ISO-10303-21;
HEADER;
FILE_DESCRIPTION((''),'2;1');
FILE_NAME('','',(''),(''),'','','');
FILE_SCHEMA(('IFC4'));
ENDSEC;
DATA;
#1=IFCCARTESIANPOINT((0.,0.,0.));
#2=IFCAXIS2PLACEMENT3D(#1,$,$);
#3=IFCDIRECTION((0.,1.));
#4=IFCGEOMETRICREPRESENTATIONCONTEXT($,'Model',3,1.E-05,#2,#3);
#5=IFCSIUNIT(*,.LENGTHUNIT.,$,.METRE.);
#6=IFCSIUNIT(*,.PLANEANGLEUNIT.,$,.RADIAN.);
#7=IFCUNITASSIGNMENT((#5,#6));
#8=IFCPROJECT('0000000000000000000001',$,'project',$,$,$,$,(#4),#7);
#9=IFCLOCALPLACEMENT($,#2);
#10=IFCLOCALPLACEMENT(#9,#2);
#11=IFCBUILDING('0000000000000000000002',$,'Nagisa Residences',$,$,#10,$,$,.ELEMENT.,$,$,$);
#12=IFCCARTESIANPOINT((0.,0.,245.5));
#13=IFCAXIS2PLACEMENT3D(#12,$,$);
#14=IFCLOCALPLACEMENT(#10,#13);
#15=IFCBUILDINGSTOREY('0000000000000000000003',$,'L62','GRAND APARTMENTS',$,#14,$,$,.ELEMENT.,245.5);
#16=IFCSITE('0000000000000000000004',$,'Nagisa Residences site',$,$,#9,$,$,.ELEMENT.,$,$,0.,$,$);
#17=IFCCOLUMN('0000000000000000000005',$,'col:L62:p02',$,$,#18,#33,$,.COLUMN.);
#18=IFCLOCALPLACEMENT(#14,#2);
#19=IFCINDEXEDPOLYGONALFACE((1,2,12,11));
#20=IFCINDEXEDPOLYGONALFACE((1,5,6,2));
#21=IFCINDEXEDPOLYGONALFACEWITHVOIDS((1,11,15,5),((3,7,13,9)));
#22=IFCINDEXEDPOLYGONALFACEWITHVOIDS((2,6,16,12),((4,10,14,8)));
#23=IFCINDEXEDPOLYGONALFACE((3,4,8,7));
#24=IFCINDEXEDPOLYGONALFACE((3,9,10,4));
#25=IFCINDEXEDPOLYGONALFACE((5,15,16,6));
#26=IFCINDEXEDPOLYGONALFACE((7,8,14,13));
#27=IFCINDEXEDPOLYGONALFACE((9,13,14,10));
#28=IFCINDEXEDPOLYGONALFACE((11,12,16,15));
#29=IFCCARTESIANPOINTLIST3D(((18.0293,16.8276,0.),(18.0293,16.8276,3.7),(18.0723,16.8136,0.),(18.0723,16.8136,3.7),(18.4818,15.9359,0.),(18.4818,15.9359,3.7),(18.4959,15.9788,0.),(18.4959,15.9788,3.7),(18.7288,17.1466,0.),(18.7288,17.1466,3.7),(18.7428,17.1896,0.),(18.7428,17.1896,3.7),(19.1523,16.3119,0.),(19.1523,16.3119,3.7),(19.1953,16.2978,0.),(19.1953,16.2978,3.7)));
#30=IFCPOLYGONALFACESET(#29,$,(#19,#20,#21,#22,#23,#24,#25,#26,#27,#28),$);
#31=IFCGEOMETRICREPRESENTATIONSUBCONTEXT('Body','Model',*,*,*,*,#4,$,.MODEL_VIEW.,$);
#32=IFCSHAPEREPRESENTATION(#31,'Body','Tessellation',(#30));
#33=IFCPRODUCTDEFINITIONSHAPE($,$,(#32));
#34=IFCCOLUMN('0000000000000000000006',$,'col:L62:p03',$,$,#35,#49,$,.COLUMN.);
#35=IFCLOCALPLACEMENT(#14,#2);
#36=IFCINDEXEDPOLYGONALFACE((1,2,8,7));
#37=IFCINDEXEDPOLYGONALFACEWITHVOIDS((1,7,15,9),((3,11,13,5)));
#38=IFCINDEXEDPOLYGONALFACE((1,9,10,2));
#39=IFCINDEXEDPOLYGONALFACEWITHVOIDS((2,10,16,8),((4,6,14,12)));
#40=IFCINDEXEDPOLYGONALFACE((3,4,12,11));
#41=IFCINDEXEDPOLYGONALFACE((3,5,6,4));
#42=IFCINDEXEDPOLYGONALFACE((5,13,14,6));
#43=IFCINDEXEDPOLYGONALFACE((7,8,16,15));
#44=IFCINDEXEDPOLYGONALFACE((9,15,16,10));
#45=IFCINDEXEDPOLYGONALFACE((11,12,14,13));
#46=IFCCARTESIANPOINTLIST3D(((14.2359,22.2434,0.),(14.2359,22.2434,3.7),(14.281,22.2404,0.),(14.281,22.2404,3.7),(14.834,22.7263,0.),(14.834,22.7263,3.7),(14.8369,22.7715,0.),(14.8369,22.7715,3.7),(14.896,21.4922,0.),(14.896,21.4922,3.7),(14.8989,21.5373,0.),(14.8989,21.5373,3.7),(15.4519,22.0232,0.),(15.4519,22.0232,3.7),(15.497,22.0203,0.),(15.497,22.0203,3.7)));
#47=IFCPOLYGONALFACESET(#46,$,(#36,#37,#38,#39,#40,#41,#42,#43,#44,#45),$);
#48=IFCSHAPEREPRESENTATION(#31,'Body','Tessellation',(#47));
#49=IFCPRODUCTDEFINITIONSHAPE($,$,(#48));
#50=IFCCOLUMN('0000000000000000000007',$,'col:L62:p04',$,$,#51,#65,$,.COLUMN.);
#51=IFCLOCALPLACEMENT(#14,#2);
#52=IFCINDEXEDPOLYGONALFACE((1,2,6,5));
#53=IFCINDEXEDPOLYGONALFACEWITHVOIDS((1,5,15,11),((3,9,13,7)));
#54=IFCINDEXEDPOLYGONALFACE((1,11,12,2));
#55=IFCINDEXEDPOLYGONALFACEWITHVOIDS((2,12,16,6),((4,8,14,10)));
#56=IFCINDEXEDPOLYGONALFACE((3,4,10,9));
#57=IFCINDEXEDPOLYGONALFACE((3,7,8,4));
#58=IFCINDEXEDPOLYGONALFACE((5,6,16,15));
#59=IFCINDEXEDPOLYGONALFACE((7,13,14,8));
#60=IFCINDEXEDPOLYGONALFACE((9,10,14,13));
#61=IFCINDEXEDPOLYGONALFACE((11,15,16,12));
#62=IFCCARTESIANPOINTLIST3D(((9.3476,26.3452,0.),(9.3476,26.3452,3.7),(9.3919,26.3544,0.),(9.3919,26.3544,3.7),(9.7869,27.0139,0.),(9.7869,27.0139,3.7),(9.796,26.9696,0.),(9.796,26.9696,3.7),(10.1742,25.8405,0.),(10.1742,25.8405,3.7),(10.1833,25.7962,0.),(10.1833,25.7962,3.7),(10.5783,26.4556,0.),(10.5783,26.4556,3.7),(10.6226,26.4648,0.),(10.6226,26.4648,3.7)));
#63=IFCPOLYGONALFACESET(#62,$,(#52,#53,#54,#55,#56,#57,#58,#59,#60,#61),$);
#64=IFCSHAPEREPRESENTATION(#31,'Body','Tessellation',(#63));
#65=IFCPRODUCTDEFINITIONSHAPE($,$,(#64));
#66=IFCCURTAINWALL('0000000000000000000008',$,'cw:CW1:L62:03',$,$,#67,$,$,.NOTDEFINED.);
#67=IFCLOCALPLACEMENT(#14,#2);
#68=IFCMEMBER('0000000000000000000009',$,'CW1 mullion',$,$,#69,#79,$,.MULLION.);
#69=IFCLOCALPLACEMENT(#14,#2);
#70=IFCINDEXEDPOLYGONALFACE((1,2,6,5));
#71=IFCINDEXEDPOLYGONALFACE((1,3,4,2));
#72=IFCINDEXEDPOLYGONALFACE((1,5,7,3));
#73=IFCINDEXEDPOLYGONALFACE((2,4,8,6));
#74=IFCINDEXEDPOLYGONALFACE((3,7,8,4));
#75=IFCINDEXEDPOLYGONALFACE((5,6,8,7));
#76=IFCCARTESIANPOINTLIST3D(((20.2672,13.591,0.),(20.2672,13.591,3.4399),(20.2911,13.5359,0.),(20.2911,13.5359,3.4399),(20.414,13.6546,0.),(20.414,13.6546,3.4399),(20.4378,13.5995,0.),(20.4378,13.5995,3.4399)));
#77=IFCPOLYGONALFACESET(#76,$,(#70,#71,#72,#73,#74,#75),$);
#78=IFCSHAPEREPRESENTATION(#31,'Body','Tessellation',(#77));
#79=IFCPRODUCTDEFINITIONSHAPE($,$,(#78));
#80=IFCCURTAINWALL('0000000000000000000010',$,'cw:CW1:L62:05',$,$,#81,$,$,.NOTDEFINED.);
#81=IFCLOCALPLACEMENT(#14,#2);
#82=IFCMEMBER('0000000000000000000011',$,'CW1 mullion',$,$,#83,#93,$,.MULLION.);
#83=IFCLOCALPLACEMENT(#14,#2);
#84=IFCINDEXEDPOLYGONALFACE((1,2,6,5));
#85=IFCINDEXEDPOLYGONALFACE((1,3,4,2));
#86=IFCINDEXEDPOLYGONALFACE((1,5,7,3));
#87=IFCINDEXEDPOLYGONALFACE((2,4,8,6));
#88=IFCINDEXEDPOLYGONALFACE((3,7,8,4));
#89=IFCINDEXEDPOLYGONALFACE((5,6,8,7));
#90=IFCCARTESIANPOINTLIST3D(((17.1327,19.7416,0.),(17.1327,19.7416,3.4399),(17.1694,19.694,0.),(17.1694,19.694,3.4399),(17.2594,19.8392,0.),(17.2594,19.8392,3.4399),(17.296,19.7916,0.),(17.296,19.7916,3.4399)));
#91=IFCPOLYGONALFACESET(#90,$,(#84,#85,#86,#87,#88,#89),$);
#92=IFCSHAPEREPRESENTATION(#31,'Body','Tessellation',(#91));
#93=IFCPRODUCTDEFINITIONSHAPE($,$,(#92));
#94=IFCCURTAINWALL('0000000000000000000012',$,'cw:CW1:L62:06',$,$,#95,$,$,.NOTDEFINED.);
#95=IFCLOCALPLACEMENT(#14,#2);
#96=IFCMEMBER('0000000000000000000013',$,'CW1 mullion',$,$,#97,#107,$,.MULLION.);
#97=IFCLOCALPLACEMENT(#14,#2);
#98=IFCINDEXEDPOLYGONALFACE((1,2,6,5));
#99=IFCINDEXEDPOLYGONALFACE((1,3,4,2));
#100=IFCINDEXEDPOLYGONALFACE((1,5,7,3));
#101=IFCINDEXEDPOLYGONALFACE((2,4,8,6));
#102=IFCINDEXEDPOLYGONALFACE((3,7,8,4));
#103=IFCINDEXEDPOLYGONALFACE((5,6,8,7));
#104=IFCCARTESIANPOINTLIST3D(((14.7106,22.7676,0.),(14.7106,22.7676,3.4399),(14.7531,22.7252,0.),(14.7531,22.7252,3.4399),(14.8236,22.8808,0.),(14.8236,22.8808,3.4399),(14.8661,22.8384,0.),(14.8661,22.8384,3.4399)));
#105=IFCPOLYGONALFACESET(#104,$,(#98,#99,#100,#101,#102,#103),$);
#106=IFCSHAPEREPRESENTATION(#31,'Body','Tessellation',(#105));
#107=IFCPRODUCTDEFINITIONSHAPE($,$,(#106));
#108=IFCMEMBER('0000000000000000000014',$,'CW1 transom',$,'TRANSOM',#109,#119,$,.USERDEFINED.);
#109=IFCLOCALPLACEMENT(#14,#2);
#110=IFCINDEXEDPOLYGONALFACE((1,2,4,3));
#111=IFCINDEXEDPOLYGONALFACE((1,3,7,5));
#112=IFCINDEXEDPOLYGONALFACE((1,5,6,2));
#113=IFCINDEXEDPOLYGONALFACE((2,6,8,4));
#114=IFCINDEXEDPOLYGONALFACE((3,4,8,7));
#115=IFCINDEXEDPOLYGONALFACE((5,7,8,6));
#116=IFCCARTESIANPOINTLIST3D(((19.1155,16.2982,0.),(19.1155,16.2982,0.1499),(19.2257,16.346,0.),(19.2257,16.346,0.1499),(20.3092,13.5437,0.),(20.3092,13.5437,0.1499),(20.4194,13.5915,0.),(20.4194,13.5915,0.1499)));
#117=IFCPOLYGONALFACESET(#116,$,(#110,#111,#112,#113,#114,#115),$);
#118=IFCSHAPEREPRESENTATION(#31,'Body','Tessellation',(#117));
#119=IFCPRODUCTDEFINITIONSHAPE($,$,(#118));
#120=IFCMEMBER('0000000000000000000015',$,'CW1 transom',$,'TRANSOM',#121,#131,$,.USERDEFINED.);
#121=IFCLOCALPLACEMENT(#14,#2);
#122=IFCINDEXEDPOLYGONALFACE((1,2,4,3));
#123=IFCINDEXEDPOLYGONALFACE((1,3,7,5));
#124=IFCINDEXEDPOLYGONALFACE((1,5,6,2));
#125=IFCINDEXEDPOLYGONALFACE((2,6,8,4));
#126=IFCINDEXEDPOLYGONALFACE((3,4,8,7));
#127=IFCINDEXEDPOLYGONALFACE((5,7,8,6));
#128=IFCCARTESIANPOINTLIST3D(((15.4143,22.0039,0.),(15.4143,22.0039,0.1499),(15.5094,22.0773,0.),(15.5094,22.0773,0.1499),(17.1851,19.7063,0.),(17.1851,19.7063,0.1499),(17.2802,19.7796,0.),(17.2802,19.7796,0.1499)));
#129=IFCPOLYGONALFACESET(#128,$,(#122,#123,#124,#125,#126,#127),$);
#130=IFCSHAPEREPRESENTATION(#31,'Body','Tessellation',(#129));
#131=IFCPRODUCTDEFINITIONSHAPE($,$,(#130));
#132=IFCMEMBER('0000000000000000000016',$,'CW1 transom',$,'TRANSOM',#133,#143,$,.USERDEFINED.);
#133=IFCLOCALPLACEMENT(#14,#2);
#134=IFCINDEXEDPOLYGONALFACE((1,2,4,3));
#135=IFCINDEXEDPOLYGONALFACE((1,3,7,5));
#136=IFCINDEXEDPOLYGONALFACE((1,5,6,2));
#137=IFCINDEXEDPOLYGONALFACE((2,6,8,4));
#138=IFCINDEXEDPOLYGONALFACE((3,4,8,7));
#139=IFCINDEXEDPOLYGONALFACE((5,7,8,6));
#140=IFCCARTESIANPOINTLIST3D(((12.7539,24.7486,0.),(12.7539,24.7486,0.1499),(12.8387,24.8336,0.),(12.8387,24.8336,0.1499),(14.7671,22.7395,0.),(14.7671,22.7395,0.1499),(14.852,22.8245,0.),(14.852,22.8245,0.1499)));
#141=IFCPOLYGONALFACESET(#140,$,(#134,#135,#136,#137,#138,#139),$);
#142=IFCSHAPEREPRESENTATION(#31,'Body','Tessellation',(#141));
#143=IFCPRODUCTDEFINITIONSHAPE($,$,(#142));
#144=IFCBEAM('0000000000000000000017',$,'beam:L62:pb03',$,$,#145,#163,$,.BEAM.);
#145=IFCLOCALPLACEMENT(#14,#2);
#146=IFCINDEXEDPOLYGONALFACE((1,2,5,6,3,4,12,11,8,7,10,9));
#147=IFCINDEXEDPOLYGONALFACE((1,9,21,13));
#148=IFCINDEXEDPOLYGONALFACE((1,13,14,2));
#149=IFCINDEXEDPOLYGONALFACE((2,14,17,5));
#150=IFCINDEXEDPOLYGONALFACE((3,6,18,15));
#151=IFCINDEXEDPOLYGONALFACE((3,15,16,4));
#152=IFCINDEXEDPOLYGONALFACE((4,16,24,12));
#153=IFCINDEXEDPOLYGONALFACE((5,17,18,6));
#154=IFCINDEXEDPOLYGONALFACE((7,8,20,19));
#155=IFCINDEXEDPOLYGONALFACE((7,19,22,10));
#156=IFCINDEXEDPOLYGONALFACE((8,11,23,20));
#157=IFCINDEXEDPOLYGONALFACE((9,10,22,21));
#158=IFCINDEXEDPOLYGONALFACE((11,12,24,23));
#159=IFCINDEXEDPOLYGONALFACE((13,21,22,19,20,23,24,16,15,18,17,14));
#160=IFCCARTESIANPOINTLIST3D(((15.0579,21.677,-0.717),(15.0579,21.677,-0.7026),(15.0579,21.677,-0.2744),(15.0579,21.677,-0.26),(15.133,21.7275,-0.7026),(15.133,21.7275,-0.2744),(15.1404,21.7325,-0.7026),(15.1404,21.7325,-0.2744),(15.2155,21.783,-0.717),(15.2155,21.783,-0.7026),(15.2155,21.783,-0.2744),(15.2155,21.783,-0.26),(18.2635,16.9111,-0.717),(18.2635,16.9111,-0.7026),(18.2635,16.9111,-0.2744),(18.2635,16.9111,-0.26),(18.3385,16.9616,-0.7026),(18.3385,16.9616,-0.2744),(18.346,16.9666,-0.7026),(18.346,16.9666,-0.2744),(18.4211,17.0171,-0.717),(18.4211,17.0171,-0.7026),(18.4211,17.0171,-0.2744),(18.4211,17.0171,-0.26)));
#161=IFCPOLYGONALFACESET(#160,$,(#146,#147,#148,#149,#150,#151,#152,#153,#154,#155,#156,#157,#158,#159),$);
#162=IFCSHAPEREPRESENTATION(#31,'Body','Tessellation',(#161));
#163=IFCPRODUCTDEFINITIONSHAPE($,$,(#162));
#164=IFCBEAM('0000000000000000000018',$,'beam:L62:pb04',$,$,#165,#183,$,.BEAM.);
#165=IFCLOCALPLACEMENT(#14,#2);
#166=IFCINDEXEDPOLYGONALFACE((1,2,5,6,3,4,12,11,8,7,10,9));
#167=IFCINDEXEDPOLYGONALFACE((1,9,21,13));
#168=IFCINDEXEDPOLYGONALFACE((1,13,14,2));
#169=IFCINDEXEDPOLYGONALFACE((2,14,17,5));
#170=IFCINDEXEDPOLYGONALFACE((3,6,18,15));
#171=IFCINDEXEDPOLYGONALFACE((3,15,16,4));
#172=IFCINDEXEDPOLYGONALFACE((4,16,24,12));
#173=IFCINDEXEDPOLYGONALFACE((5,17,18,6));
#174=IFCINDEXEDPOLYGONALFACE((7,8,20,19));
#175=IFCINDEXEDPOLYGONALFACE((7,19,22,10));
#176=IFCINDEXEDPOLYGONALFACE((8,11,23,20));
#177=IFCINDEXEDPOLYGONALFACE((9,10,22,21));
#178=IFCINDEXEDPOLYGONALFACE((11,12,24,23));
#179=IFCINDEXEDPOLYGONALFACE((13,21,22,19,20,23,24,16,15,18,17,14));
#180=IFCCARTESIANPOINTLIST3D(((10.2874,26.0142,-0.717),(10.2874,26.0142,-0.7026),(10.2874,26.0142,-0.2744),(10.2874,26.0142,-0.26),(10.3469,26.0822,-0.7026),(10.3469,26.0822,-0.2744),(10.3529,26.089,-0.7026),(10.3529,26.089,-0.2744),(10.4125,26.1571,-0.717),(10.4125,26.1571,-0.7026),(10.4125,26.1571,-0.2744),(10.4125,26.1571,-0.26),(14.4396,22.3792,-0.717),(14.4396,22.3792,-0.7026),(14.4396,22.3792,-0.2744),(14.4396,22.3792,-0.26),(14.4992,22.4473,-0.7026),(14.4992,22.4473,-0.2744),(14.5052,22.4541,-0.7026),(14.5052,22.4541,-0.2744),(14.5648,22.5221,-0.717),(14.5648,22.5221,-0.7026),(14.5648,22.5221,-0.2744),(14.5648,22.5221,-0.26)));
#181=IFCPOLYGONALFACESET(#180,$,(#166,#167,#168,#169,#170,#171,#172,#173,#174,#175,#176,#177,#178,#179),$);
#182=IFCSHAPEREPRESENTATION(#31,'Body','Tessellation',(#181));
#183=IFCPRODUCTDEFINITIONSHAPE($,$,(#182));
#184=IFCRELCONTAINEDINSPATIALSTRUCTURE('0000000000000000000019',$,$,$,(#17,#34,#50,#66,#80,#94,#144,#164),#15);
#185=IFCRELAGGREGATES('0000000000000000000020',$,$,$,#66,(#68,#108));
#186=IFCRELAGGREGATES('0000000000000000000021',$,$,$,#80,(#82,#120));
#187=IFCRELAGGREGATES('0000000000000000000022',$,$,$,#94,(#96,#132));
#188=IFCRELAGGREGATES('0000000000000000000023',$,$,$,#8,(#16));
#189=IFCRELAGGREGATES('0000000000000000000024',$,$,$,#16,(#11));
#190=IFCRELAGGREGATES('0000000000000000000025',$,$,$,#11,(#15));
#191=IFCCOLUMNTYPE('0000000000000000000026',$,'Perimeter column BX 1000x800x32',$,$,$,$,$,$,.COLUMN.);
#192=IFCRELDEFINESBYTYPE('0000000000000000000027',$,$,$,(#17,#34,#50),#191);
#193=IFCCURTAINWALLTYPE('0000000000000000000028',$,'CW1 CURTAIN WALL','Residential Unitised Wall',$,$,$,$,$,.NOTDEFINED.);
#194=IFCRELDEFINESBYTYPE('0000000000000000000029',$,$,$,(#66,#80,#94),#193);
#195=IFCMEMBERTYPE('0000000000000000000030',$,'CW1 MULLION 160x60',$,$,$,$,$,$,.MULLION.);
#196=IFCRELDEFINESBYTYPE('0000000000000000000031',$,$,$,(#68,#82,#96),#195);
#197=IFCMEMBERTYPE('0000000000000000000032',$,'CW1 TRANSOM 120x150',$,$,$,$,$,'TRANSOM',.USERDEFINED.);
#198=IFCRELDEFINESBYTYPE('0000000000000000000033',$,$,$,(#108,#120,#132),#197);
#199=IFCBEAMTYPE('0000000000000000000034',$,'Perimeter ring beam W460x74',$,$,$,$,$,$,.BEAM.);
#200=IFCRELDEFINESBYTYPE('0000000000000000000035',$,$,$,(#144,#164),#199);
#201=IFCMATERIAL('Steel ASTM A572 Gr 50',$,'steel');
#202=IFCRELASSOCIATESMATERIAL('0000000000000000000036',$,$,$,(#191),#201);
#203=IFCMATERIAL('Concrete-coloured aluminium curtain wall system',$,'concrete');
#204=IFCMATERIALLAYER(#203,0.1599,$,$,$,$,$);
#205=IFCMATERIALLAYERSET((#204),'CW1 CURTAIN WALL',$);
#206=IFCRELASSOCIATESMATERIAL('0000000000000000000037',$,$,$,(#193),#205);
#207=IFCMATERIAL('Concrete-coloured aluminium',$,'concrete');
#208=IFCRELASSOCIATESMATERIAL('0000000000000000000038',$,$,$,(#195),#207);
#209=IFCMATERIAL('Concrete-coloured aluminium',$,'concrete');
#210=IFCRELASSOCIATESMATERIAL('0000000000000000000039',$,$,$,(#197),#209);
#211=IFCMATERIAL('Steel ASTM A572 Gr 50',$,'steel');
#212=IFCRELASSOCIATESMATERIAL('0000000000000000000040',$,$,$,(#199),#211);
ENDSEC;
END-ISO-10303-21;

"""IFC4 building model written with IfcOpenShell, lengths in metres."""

from ifc_helpers import new_model, si_unit, direction, frame, origin, origin_2d, place, context, subcontext, project, spatial, rectangle, hollow_rectangle, i_section, extrude, material, layer, layer_set, material_profile, profile_set, type_object, element, aggregate, save


model = new_model("IFC4")

# Units and contexts
model_context = context("Model", 3, precision=1e-05, world=origin(), true_north=direction((0.0, 1.0)))
body_context = subcontext(model_context, "Body", "Model", "MODEL_VIEW")
ifc_project = project(units=[si_unit("LENGTHUNIT", "METRE"), si_unit("PLANEANGLEUNIT", "RADIAN")], contexts=[model_context])

# Site, building, storey
site_placement = place(None, origin())
site = spatial("IfcSite", under=ifc_project, at=site_placement, Name="Nagisa Residences site", CompositionType="ELEMENT", RefElevation=0.0)
building_placement = place(site_placement, origin())
building = spatial("IfcBuilding", under=site, at=building_placement, Name="Nagisa Residences", CompositionType="ELEMENT")
storey_placement = place(building_placement, frame((0.0, 0.0, 245.5)))
storey = spatial("IfcBuildingStorey", under=building, at=storey_placement, Name="L62", Description="GRAND APARTMENTS", CompositionType="ELEMENT", Elevation=245.5)

# Columns
ifc_material_1 = material(Name="Steel ASTM A572 Gr 50", Category="steel")
ifc_material_profile_1 = material_profile(ifc_material_1, hollow_rectangle(XDim=1.0, YDim=0.8, WallThickness=0.032, at=origin_2d()), Name="BX 1000x800x32")
ifc_profile_set_1 = profile_set([ifc_material_profile_1], Name="Steel ASTM A572 Gr 50")
column_type = type_object("IfcColumnType", Name="Perimeter column BX 1000x800x32", PredefinedType="COLUMN", material=ifc_profile_set_1)
for number, where, z_axis, x_axis, name in (
    (1, (18.6123, 16.5627, 0.0), (0.0, 0.0, 1.0), (-0.452463, 0.891783, 0.0), "col:L62:p02"),
    (2, (14.8665, 22.1318, 0.0), (0.0, 0.0, 1.0), (-0.660115, 0.751165, 0.0), "col:L62:p03"),
    (3, (9.9851, 26.405, 0.0), (0.0, 0.0, 1.0), (-0.835766, 0.549086, 0.0), "col:L62:p04"),
):
    element("IfcColumn", number, at=place(storey_placement, frame(where, z_axis=z_axis, x_axis=x_axis)), inside=storey, type_object=column_type, Name=name, PredefinedType="COLUMN", context=body_context, shape_type="SweptSolid", body=[
        extrude(hollow_rectangle(XDim=1.0, YDim=0.8, WallThickness=0.032, at=origin_2d()), origin(), (0.0, 0.0, 1.0), 3.7),
    ])

# Curtain walls, members
ifc_material_2 = material(Name="Concrete-coloured aluminium curtain wall system", Category="concrete")
ifc_layer_1 = layer(ifc_material_2, 0.1599)
ifc_layer_set_1 = layer_set([ifc_layer_1], Name="CW1 CURTAIN WALL")
curtain_wall_type = type_object("IfcCurtainWallType", Name="CW1 CURTAIN WALL", Description="Residential Unitised Wall", PredefinedType="NOTDEFINED", material=ifc_layer_set_1)
curtain_wall_1_placement = place(storey_placement, origin())
curtain_wall_1 = element("IfcCurtainWall", 4, at=curtain_wall_1_placement, inside=storey, type_object=curtain_wall_type, Name="cw:CW1:L62:03", PredefinedType="NOTDEFINED")
ifc_material_3 = material(Name="Concrete-coloured aluminium", Category="concrete")
ifc_material_profile_2 = material_profile(ifc_material_3, rectangle(XDim=0.1599, YDim=0.0601, at=origin_2d()), Name="CW1 MULLION 160x60")
ifc_profile_set_2 = profile_set([ifc_material_profile_2], Name="Concrete-coloured aluminium")
member_type_1 = type_object("IfcMemberType", Name="CW1 MULLION 160x60", PredefinedType="MULLION", material=ifc_profile_set_2)
member_1_placement = place(storey_placement, frame((20.3525, 13.5952, 0.0), z_axis=(0.0, 0.0, 1.0), x_axis=(-0.917543, -0.397636, 0.0)))
member_1 = element("IfcMember", 5, at=member_1_placement, type_object=member_type_1, Name="CW1 mullion", PredefinedType="MULLION", context=body_context, shape_type="SweptSolid", body=[
    extrude(rectangle(XDim=0.1599, YDim=0.0601, at=origin_2d()), origin(), (0.0, 0.0, 1.0), 3.4399),
])
curtain_wall_2_placement = place(storey_placement, origin())
curtain_wall_2 = element("IfcCurtainWall", 6, at=curtain_wall_2_placement, inside=storey, type_object=curtain_wall_type, Name="cw:CW1:L62:05", PredefinedType="NOTDEFINED")
member_2_placement = place(storey_placement, frame((17.2144, 19.7666, 0.0), z_axis=(0.0, 0.0, 1.0), x_axis=(-0.79207, -0.61043, 0.0)))
member_2 = element("IfcMember", 7, at=member_2_placement, type_object=member_type_1, Name="CW1 mullion", PredefinedType="MULLION", context=body_context, shape_type="SweptSolid", body=[
    extrude(rectangle(XDim=0.1599, YDim=0.0601, at=origin_2d()), origin(), (0.0, 0.0, 1.0), 3.4399),
])
curtain_wall_3_placement = place(storey_placement, origin())
curtain_wall_3 = element("IfcCurtainWall", 8, at=curtain_wall_3_placement, inside=storey, type_object=curtain_wall_type, Name="cw:CW1:L62:06", PredefinedType="NOTDEFINED")
member_3_placement = place(storey_placement, frame((14.7883, 22.803, 0.0), z_axis=(0.0, 0.0, 1.0), x_axis=(-0.706377, -0.707836, 0.0)))
member_3 = element("IfcMember", 9, at=member_3_placement, type_object=member_type_1, Name="CW1 mullion", PredefinedType="MULLION", context=body_context, shape_type="SweptSolid", body=[
    extrude(rectangle(XDim=0.1599, YDim=0.0601, at=origin_2d()), origin(), (0.0, 0.0, 1.0), 3.4399),
])

# Members
ifc_material_4 = material(Name="Concrete-coloured aluminium", Category="concrete")
ifc_material_profile_3 = material_profile(ifc_material_4, rectangle(XDim=0.1201, YDim=0.1499, at=origin_2d()), Name="CW1 TRANSOM 120x150")
ifc_profile_set_3 = profile_set([ifc_material_profile_3], Name="Concrete-coloured aluminium")
member_type_2 = type_object("IfcMemberType", Name="CW1 TRANSOM 120x150", ElementType="TRANSOM", PredefinedType="USERDEFINED", material=ifc_profile_set_3)
member_4_placement = place(storey_placement, frame((20.3643, 13.5676, 0.075), z_axis=(-0.397617, 0.917552, 0.0), x_axis=(-0.917552, -0.397617, 0.0)))
member_4 = element("IfcMember", 10, at=member_4_placement, type_object=member_type_2, Name="CW1 transom", ObjectType="TRANSOM", PredefinedType="USERDEFINED", context=body_context, shape_type="SweptSolid", body=[
    extrude(rectangle(XDim=0.1201, YDim=0.1499, at=origin_2d()), origin(), (0.0, 0.0, 1.0), 3.002),
])
member_5_placement = place(storey_placement, frame((17.2327, 19.7429, 0.075), z_axis=(-0.610439, 0.792064, 0.0), x_axis=(-0.792064, -0.610439, 0.0)))
member_5 = element("IfcMember", 11, at=member_5_placement, type_object=member_type_2, Name="CW1 transom", ObjectType="TRANSOM", PredefinedType="USERDEFINED", context=body_context, shape_type="SweptSolid", body=[
    extrude(rectangle(XDim=0.1201, YDim=0.1499, at=origin_2d()), origin(), (0.0, 0.0, 1.0), 2.9009),
])
member_6_placement = place(storey_placement, frame((14.8096, 22.782, 0.075), z_axis=(-0.707836, 0.706377, 0.0), x_axis=(-0.706377, -0.707836, 0.0)))
member_6 = element("IfcMember", 12, at=member_6_placement, type_object=member_type_2, Name="CW1 transom", ObjectType="TRANSOM", PredefinedType="USERDEFINED", context=body_context, shape_type="SweptSolid", body=[
    extrude(rectangle(XDim=0.1201, YDim=0.1499, at=origin_2d()), origin(), (0.0, 0.0, 1.0), 2.8442),
])

# Beams
ifc_material_5 = material(Name="Steel ASTM A572 Gr 50", Category="steel")
ifc_material_profile_4 = material_profile(ifc_material_5, i_section(OverallWidth=0.1899, OverallDepth=0.457, WebThickness=0.009, FlangeThickness=0.0144, at=origin_2d()), Name="W460x74")
ifc_profile_set_4 = profile_set([ifc_material_profile_4], Name="Steel ASTM A572 Gr 50")
beam_type_1 = type_object("IfcBeamType", Name="Perimeter ring beam W460x74", PredefinedType="BEAM", material=ifc_profile_set_4)
beam_1_placement = place(storey_placement, frame((18.3423, 16.9641, -0.4885), z_axis=(-0.558109, 0.829768, 0.0), x_axis=(-0.829768, -0.558109, 0.0)))
element("IfcBeam", 13, at=beam_1_placement, inside=storey, type_object=beam_type_1, Name="beam:L62:pb03", PredefinedType="BEAM", context=body_context, shape_type="SweptSolid", body=[
    extrude(i_section(OverallWidth=0.1899, OverallDepth=0.457, WebThickness=0.009, FlangeThickness=0.0144, at=origin_2d()), origin(), (0.0, 0.0, 1.0), 5.7437),
])
beam_2_placement = place(storey_placement, frame((14.5022, 22.4507, -0.4885), z_axis=(-0.752423, 0.65868, 0.0), x_axis=(-0.65868, -0.752423, 0.0)))
element("IfcBeam", 14, at=beam_2_placement, inside=storey, type_object=beam_type_1, Name="beam:L62:pb04", PredefinedType="BEAM", context=body_context, shape_type="SweptSolid", body=[
    extrude(i_section(OverallWidth=0.1899, OverallDepth=0.457, WebThickness=0.009, FlangeThickness=0.0144, at=origin_2d()), origin(), (0.0, 0.0, 1.0), 5.5186),
])

aggregate(curtain_wall_1, [member_1, member_4])
aggregate(curtain_wall_2, [member_2, member_5])
aggregate(curtain_wall_3, [member_3, member_6])

save(model, "model.ifc")
